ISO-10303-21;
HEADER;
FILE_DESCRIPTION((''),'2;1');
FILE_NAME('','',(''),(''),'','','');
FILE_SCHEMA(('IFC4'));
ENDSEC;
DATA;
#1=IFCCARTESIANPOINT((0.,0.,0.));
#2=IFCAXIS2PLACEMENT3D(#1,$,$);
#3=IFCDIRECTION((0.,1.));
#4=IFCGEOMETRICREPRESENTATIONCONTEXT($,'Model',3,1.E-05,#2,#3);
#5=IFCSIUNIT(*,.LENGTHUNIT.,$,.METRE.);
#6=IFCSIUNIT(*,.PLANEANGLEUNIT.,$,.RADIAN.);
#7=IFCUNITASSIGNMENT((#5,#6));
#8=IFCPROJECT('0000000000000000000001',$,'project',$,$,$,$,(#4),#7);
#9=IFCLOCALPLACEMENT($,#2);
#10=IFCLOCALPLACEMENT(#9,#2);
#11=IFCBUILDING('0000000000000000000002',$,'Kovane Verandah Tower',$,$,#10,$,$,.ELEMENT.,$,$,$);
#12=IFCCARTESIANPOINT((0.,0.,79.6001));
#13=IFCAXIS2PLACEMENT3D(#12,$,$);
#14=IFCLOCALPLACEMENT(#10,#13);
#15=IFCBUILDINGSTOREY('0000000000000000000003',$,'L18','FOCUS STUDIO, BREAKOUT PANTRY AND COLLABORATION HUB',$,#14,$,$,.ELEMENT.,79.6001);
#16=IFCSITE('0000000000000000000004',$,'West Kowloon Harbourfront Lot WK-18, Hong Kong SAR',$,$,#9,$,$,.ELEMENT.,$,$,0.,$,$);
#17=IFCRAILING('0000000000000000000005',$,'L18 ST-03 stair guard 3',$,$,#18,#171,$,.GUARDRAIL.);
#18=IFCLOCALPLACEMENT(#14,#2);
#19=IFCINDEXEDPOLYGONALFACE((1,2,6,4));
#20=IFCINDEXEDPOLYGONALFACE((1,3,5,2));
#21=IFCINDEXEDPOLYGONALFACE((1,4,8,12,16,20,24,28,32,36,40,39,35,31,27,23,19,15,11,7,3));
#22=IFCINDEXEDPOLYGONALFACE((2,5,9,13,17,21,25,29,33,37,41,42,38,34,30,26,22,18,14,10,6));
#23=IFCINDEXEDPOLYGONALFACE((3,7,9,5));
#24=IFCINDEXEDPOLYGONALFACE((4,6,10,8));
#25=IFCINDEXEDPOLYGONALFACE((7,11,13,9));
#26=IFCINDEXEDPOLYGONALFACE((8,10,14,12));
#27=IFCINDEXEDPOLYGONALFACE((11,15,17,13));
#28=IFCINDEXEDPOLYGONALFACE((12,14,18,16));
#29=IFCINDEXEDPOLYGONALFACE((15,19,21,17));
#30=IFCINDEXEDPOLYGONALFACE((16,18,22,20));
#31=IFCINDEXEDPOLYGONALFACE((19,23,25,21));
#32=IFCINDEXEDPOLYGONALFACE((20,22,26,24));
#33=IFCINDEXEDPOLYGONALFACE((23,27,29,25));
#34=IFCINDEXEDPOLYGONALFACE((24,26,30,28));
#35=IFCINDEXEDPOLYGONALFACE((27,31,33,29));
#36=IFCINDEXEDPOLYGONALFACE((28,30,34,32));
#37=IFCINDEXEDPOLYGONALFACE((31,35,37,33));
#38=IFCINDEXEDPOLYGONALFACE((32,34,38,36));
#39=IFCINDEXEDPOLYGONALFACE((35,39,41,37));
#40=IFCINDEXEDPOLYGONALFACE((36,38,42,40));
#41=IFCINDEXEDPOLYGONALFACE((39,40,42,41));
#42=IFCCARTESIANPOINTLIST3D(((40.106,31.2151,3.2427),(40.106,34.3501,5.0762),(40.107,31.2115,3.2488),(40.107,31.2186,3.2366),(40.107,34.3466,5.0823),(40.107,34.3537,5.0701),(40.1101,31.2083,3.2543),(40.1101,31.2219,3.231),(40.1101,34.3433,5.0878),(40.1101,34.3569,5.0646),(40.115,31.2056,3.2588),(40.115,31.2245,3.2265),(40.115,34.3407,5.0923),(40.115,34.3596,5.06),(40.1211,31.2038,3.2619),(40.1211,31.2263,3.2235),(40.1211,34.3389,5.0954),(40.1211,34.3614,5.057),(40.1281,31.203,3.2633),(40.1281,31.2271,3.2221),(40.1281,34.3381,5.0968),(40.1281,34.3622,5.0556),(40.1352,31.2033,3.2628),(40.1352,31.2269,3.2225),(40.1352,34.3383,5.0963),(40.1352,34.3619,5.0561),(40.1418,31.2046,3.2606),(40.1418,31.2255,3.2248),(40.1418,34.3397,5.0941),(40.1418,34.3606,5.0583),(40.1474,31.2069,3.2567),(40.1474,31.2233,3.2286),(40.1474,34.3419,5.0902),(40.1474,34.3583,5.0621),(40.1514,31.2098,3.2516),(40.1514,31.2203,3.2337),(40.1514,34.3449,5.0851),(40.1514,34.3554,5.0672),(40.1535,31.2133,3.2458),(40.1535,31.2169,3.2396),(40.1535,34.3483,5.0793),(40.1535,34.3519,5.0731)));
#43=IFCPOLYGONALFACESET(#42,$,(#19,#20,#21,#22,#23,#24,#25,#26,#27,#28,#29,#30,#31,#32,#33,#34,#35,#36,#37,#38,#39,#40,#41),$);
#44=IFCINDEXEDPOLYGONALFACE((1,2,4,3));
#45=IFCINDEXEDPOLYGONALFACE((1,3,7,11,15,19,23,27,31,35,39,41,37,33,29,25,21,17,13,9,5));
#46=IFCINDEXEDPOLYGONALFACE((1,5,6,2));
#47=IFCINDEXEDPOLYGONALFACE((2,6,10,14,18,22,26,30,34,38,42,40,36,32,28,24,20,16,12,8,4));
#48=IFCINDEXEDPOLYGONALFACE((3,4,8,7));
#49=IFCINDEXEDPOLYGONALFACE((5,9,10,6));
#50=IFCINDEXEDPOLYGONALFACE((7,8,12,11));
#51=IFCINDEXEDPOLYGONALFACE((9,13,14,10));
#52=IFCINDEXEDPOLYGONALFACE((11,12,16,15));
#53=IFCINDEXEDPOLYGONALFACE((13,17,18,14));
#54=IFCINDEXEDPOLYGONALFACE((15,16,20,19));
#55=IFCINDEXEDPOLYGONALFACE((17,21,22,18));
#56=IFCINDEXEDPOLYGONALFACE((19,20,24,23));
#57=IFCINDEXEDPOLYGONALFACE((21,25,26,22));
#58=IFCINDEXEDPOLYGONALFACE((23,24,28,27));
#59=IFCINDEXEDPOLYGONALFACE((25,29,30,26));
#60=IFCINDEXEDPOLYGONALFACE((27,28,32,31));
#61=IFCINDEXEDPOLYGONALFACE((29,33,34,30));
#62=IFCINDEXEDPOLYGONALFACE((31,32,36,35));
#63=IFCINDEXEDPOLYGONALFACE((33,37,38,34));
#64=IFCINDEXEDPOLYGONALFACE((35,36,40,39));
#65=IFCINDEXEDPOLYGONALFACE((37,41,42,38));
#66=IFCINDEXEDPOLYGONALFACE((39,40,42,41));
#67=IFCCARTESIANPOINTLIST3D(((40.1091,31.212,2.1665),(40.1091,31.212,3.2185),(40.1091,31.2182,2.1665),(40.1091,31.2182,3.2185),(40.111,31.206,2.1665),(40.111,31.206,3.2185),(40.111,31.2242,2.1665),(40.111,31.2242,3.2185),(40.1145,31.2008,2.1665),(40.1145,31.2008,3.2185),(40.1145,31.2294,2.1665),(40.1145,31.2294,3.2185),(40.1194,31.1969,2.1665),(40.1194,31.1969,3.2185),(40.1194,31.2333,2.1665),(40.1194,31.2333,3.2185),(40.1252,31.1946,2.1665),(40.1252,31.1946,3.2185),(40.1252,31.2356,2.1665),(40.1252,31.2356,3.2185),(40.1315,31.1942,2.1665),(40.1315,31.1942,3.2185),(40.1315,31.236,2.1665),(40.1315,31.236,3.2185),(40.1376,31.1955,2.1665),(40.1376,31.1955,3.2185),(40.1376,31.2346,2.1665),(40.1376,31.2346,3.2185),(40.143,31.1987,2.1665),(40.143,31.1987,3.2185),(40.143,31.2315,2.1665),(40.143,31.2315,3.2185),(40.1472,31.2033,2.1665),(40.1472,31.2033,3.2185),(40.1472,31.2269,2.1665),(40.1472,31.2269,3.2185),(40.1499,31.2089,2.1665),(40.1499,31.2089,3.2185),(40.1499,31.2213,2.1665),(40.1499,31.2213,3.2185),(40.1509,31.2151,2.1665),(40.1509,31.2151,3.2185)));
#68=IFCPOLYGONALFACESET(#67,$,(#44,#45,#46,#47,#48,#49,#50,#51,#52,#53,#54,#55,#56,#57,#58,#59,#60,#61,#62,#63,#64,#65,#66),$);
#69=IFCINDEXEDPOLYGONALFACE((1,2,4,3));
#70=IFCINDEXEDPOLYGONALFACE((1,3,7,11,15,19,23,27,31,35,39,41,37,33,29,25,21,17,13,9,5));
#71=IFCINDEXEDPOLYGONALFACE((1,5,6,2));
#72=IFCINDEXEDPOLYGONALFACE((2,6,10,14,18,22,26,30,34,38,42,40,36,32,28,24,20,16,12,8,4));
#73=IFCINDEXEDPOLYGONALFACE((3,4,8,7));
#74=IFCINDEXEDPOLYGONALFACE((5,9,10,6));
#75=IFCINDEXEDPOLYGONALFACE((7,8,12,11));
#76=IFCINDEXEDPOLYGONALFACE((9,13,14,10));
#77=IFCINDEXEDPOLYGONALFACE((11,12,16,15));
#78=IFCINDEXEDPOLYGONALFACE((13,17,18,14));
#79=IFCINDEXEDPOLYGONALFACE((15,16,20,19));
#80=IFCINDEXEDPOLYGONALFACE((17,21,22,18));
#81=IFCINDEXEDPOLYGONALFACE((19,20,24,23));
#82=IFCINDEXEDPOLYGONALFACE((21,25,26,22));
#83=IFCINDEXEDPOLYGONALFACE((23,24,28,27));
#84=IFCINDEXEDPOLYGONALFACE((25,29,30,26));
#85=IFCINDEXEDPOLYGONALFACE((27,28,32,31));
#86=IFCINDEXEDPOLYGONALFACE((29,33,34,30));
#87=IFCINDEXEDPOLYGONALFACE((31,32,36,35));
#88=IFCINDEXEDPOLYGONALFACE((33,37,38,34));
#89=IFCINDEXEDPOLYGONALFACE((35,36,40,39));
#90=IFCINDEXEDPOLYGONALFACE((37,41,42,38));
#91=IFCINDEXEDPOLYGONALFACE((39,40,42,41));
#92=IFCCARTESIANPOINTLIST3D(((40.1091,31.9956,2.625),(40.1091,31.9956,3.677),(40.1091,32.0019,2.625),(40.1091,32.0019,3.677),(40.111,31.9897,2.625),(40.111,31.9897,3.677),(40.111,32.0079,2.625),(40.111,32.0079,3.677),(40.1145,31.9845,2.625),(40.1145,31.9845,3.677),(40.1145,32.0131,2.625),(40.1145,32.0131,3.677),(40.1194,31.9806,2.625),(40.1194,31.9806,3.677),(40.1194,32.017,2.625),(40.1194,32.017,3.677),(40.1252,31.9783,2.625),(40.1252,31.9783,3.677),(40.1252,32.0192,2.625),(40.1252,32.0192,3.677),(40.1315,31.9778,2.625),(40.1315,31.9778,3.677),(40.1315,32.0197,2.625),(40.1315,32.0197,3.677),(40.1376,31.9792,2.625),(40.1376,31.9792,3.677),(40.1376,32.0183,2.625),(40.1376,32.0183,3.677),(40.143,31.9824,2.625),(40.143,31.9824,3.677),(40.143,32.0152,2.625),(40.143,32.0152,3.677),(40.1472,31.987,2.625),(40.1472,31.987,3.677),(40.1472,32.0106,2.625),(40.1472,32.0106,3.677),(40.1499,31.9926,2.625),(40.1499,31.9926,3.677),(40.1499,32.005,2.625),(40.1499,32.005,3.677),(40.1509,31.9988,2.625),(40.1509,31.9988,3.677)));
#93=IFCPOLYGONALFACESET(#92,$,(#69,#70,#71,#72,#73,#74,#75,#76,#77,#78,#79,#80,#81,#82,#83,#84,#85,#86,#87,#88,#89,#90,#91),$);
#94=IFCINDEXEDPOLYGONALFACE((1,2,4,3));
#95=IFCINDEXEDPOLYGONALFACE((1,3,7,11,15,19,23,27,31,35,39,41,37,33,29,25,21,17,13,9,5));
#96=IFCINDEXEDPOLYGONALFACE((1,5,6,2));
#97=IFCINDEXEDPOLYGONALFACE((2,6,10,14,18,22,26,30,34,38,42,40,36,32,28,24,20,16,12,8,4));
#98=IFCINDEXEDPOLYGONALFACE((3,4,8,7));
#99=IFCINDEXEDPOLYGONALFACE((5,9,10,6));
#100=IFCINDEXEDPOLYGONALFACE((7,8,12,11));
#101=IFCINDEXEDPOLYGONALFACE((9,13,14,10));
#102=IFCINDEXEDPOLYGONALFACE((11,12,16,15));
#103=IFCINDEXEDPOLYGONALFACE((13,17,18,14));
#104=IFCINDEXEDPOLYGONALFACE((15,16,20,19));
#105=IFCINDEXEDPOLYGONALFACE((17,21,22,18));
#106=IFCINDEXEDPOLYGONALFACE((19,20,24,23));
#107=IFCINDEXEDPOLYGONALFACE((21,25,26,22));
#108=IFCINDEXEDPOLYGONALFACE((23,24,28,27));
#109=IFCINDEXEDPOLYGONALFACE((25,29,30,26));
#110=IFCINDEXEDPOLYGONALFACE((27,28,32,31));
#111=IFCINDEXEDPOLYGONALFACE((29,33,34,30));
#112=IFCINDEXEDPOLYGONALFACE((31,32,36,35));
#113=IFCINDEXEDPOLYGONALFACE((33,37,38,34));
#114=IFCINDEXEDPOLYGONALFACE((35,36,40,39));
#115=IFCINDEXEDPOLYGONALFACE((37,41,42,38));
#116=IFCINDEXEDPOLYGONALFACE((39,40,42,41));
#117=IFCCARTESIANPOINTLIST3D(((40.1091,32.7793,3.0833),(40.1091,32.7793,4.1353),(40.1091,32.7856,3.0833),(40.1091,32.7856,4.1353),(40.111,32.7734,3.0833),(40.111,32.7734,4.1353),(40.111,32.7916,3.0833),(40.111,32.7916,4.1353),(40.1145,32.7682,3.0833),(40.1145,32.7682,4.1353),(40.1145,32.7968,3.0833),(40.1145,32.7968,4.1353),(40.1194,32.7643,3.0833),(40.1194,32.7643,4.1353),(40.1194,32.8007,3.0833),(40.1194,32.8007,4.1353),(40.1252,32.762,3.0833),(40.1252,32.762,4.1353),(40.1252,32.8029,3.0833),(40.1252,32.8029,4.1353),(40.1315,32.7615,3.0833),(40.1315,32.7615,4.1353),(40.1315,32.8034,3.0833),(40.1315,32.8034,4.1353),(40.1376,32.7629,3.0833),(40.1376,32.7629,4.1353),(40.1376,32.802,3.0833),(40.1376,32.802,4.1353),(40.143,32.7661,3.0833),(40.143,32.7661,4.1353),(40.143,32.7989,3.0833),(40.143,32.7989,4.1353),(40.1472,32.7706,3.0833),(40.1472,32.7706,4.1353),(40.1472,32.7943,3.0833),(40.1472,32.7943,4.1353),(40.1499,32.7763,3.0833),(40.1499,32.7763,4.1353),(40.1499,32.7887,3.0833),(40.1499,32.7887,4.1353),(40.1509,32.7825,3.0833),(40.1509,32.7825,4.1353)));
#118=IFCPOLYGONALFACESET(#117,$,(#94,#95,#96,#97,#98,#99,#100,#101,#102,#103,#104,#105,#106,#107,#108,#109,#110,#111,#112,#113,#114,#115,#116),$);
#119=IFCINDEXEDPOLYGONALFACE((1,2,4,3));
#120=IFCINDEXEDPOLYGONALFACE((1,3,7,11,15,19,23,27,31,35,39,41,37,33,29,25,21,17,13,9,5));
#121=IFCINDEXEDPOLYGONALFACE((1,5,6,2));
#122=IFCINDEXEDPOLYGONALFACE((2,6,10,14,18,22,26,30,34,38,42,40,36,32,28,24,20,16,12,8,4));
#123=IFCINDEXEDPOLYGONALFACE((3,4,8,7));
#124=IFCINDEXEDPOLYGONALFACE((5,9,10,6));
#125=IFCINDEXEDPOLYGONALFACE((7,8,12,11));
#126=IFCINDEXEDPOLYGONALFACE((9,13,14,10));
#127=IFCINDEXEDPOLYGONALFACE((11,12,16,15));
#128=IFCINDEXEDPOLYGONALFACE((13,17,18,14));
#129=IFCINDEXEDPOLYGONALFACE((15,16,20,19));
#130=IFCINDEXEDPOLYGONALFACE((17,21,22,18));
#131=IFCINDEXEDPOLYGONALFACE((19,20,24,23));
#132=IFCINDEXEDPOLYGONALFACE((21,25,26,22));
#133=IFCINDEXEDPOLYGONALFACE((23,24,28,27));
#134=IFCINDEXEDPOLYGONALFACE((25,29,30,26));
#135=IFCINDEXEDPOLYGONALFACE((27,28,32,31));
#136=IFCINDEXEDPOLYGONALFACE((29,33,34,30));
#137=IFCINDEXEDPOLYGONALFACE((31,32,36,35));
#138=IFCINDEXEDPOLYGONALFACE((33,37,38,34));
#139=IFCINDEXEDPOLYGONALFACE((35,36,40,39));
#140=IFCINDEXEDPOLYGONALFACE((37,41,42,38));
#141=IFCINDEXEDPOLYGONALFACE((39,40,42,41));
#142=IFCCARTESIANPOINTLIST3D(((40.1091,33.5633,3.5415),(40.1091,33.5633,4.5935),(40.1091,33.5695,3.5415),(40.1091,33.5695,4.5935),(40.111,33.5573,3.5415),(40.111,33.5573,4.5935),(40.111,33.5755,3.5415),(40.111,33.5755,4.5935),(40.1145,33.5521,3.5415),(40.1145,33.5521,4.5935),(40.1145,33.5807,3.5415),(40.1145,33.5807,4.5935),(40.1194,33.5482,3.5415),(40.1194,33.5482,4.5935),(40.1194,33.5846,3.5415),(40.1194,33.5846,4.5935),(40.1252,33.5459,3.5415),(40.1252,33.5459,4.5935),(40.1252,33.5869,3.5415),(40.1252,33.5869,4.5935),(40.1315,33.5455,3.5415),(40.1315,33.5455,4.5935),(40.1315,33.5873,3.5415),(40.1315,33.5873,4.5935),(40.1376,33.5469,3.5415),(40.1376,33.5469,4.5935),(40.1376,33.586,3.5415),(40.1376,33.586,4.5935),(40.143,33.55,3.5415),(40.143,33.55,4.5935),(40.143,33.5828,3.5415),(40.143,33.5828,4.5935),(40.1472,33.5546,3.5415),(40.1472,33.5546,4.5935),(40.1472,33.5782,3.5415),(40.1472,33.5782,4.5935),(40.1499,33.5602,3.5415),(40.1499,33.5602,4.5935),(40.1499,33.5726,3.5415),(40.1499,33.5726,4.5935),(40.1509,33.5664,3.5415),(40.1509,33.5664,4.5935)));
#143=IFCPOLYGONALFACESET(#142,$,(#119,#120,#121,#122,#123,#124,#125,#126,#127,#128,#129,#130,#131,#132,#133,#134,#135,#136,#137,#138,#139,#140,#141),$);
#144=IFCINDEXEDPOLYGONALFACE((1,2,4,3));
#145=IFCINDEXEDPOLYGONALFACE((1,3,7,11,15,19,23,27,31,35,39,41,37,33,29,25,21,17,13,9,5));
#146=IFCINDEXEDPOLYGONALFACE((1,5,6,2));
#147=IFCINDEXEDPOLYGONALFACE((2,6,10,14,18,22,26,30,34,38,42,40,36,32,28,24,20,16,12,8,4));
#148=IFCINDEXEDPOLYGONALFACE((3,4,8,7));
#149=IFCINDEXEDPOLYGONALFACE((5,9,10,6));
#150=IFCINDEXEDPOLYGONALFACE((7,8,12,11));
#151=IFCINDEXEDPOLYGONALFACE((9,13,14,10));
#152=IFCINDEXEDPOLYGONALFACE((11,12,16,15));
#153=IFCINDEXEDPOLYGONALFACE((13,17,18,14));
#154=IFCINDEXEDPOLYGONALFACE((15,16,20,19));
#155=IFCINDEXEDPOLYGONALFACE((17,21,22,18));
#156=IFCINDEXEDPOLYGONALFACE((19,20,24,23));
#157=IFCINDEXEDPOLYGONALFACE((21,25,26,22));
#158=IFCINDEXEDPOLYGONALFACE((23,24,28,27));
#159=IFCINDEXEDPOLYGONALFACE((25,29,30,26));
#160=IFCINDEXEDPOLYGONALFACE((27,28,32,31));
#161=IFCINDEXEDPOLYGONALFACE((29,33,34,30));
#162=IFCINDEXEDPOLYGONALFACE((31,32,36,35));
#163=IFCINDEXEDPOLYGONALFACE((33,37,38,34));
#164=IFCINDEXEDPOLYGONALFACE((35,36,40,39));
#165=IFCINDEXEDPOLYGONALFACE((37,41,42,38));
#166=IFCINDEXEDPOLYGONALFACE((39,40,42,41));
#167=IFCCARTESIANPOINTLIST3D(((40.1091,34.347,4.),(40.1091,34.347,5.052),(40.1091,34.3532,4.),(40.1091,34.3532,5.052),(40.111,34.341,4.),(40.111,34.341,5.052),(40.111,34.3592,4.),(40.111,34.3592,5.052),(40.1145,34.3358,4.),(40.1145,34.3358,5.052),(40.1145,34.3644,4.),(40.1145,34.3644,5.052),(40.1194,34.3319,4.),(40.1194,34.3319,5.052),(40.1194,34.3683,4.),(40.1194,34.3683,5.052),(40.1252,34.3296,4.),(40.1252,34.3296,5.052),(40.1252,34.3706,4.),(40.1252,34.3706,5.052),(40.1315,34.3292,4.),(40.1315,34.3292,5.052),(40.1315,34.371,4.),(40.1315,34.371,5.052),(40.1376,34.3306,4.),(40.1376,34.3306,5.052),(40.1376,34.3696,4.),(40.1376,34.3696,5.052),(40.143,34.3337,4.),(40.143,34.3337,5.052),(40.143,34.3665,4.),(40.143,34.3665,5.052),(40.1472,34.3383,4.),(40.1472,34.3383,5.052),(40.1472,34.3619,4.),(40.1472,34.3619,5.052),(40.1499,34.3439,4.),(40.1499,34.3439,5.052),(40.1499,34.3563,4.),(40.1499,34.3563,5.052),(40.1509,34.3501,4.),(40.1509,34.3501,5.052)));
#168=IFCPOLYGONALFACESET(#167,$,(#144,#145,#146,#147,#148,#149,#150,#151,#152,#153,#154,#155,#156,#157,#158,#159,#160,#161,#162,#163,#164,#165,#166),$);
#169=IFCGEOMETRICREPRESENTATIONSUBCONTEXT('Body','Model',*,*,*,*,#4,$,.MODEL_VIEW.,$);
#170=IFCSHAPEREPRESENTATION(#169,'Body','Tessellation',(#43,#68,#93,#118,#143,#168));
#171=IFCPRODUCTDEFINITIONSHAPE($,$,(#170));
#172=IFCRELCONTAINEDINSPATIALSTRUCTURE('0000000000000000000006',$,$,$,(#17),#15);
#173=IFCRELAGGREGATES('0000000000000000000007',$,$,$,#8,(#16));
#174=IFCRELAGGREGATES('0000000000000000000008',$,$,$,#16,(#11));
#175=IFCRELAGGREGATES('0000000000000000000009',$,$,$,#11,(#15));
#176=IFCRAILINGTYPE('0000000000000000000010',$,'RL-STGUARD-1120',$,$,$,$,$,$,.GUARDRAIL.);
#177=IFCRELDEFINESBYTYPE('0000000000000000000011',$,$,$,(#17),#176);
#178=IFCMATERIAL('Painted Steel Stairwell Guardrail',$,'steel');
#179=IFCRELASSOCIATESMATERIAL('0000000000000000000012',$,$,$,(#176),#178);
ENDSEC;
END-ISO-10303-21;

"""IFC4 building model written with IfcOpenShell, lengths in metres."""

from ifc_helpers import new_model, si_unit, direction, frame, origin, origin_2d, place, context, subcontext, project, spatial, circle, extrude, material, type_object, element, save


model = new_model("IFC4")

# Units and contexts
model_context = context("Model", 3, precision=1e-05, world=origin(), true_north=direction((0.0, 1.0)))
body_context = subcontext(model_context, "Body", "Model", "MODEL_VIEW")
ifc_project = project(units=[si_unit("LENGTHUNIT", "METRE"), si_unit("PLANEANGLEUNIT", "RADIAN")], contexts=[model_context])

# Site, building, storey
site_placement = place(None, origin())
site = spatial("IfcSite", under=ifc_project, at=site_placement, Name="West Kowloon Harbourfront Lot WK-18, Hong Kong SAR", CompositionType="ELEMENT", RefElevation=0.0)
building_placement = place(site_placement, origin())
building = spatial("IfcBuilding", under=site, at=building_placement, Name="Kovane Verandah Tower", CompositionType="ELEMENT")
storey_placement = place(building_placement, frame((0.0, 0.0, 79.6001)))
storey = spatial("IfcBuildingStorey", under=building, at=storey_placement, Name="L18", Description="FOCUS STUDIO, BREAKOUT PANTRY AND COLLABORATION HUB", CompositionType="ELEMENT", Elevation=79.6001)

# Railing
ifc_material_1 = material(Name="Painted Steel Stairwell Guardrail", Category="steel")
railing_type_1 = type_object("IfcRailingType", Name="RL-STGUARD-1120", PredefinedType="GUARDRAIL", material=ifc_material_1)
railing_1_placement = place(storey_placement, frame((40.1299, 31.2151, 2.1665)))
element("IfcRailing", 1, at=railing_1_placement, inside=storey, type_object=railing_type_1, Name="L18 ST-03 stair guard 3", PredefinedType="GUARDRAIL", context=body_context, shape_type="SweptSolid", body=[
    extrude(circle(Radius=0.0239, at=origin_2d()), frame((0.0, 0.0, 1.0762), z_axis=(0.0, 0.86321, 0.504845), x_axis=(-1.0, 0.0, 0.0)), (0.0, 0.0, 1.0), 3.6318),
    extrude(circle(Radius=0.021, at=origin_2d()), origin(), (0.0, 0.0, 1.0), 1.052),
    extrude(circle(Radius=0.021, at=origin_2d()), frame((0.0, 0.7837, 0.4585)), (0.0, 0.0, 1.0), 1.052),
    extrude(circle(Radius=0.021, at=origin_2d()), frame((0.0, 1.5674, 0.9167)), (0.0, 0.0, 1.0), 1.052),
    extrude(circle(Radius=0.021, at=origin_2d()), frame((0.0, 2.3513, 1.375)), (0.0, 0.0, 1.0), 1.052),
    extrude(circle(Radius=0.021, at=origin_2d()), frame((0.0, 3.135, 1.8335)), (0.0, 0.0, 1.0), 1.052),
])

save(model, "model.ifc")
